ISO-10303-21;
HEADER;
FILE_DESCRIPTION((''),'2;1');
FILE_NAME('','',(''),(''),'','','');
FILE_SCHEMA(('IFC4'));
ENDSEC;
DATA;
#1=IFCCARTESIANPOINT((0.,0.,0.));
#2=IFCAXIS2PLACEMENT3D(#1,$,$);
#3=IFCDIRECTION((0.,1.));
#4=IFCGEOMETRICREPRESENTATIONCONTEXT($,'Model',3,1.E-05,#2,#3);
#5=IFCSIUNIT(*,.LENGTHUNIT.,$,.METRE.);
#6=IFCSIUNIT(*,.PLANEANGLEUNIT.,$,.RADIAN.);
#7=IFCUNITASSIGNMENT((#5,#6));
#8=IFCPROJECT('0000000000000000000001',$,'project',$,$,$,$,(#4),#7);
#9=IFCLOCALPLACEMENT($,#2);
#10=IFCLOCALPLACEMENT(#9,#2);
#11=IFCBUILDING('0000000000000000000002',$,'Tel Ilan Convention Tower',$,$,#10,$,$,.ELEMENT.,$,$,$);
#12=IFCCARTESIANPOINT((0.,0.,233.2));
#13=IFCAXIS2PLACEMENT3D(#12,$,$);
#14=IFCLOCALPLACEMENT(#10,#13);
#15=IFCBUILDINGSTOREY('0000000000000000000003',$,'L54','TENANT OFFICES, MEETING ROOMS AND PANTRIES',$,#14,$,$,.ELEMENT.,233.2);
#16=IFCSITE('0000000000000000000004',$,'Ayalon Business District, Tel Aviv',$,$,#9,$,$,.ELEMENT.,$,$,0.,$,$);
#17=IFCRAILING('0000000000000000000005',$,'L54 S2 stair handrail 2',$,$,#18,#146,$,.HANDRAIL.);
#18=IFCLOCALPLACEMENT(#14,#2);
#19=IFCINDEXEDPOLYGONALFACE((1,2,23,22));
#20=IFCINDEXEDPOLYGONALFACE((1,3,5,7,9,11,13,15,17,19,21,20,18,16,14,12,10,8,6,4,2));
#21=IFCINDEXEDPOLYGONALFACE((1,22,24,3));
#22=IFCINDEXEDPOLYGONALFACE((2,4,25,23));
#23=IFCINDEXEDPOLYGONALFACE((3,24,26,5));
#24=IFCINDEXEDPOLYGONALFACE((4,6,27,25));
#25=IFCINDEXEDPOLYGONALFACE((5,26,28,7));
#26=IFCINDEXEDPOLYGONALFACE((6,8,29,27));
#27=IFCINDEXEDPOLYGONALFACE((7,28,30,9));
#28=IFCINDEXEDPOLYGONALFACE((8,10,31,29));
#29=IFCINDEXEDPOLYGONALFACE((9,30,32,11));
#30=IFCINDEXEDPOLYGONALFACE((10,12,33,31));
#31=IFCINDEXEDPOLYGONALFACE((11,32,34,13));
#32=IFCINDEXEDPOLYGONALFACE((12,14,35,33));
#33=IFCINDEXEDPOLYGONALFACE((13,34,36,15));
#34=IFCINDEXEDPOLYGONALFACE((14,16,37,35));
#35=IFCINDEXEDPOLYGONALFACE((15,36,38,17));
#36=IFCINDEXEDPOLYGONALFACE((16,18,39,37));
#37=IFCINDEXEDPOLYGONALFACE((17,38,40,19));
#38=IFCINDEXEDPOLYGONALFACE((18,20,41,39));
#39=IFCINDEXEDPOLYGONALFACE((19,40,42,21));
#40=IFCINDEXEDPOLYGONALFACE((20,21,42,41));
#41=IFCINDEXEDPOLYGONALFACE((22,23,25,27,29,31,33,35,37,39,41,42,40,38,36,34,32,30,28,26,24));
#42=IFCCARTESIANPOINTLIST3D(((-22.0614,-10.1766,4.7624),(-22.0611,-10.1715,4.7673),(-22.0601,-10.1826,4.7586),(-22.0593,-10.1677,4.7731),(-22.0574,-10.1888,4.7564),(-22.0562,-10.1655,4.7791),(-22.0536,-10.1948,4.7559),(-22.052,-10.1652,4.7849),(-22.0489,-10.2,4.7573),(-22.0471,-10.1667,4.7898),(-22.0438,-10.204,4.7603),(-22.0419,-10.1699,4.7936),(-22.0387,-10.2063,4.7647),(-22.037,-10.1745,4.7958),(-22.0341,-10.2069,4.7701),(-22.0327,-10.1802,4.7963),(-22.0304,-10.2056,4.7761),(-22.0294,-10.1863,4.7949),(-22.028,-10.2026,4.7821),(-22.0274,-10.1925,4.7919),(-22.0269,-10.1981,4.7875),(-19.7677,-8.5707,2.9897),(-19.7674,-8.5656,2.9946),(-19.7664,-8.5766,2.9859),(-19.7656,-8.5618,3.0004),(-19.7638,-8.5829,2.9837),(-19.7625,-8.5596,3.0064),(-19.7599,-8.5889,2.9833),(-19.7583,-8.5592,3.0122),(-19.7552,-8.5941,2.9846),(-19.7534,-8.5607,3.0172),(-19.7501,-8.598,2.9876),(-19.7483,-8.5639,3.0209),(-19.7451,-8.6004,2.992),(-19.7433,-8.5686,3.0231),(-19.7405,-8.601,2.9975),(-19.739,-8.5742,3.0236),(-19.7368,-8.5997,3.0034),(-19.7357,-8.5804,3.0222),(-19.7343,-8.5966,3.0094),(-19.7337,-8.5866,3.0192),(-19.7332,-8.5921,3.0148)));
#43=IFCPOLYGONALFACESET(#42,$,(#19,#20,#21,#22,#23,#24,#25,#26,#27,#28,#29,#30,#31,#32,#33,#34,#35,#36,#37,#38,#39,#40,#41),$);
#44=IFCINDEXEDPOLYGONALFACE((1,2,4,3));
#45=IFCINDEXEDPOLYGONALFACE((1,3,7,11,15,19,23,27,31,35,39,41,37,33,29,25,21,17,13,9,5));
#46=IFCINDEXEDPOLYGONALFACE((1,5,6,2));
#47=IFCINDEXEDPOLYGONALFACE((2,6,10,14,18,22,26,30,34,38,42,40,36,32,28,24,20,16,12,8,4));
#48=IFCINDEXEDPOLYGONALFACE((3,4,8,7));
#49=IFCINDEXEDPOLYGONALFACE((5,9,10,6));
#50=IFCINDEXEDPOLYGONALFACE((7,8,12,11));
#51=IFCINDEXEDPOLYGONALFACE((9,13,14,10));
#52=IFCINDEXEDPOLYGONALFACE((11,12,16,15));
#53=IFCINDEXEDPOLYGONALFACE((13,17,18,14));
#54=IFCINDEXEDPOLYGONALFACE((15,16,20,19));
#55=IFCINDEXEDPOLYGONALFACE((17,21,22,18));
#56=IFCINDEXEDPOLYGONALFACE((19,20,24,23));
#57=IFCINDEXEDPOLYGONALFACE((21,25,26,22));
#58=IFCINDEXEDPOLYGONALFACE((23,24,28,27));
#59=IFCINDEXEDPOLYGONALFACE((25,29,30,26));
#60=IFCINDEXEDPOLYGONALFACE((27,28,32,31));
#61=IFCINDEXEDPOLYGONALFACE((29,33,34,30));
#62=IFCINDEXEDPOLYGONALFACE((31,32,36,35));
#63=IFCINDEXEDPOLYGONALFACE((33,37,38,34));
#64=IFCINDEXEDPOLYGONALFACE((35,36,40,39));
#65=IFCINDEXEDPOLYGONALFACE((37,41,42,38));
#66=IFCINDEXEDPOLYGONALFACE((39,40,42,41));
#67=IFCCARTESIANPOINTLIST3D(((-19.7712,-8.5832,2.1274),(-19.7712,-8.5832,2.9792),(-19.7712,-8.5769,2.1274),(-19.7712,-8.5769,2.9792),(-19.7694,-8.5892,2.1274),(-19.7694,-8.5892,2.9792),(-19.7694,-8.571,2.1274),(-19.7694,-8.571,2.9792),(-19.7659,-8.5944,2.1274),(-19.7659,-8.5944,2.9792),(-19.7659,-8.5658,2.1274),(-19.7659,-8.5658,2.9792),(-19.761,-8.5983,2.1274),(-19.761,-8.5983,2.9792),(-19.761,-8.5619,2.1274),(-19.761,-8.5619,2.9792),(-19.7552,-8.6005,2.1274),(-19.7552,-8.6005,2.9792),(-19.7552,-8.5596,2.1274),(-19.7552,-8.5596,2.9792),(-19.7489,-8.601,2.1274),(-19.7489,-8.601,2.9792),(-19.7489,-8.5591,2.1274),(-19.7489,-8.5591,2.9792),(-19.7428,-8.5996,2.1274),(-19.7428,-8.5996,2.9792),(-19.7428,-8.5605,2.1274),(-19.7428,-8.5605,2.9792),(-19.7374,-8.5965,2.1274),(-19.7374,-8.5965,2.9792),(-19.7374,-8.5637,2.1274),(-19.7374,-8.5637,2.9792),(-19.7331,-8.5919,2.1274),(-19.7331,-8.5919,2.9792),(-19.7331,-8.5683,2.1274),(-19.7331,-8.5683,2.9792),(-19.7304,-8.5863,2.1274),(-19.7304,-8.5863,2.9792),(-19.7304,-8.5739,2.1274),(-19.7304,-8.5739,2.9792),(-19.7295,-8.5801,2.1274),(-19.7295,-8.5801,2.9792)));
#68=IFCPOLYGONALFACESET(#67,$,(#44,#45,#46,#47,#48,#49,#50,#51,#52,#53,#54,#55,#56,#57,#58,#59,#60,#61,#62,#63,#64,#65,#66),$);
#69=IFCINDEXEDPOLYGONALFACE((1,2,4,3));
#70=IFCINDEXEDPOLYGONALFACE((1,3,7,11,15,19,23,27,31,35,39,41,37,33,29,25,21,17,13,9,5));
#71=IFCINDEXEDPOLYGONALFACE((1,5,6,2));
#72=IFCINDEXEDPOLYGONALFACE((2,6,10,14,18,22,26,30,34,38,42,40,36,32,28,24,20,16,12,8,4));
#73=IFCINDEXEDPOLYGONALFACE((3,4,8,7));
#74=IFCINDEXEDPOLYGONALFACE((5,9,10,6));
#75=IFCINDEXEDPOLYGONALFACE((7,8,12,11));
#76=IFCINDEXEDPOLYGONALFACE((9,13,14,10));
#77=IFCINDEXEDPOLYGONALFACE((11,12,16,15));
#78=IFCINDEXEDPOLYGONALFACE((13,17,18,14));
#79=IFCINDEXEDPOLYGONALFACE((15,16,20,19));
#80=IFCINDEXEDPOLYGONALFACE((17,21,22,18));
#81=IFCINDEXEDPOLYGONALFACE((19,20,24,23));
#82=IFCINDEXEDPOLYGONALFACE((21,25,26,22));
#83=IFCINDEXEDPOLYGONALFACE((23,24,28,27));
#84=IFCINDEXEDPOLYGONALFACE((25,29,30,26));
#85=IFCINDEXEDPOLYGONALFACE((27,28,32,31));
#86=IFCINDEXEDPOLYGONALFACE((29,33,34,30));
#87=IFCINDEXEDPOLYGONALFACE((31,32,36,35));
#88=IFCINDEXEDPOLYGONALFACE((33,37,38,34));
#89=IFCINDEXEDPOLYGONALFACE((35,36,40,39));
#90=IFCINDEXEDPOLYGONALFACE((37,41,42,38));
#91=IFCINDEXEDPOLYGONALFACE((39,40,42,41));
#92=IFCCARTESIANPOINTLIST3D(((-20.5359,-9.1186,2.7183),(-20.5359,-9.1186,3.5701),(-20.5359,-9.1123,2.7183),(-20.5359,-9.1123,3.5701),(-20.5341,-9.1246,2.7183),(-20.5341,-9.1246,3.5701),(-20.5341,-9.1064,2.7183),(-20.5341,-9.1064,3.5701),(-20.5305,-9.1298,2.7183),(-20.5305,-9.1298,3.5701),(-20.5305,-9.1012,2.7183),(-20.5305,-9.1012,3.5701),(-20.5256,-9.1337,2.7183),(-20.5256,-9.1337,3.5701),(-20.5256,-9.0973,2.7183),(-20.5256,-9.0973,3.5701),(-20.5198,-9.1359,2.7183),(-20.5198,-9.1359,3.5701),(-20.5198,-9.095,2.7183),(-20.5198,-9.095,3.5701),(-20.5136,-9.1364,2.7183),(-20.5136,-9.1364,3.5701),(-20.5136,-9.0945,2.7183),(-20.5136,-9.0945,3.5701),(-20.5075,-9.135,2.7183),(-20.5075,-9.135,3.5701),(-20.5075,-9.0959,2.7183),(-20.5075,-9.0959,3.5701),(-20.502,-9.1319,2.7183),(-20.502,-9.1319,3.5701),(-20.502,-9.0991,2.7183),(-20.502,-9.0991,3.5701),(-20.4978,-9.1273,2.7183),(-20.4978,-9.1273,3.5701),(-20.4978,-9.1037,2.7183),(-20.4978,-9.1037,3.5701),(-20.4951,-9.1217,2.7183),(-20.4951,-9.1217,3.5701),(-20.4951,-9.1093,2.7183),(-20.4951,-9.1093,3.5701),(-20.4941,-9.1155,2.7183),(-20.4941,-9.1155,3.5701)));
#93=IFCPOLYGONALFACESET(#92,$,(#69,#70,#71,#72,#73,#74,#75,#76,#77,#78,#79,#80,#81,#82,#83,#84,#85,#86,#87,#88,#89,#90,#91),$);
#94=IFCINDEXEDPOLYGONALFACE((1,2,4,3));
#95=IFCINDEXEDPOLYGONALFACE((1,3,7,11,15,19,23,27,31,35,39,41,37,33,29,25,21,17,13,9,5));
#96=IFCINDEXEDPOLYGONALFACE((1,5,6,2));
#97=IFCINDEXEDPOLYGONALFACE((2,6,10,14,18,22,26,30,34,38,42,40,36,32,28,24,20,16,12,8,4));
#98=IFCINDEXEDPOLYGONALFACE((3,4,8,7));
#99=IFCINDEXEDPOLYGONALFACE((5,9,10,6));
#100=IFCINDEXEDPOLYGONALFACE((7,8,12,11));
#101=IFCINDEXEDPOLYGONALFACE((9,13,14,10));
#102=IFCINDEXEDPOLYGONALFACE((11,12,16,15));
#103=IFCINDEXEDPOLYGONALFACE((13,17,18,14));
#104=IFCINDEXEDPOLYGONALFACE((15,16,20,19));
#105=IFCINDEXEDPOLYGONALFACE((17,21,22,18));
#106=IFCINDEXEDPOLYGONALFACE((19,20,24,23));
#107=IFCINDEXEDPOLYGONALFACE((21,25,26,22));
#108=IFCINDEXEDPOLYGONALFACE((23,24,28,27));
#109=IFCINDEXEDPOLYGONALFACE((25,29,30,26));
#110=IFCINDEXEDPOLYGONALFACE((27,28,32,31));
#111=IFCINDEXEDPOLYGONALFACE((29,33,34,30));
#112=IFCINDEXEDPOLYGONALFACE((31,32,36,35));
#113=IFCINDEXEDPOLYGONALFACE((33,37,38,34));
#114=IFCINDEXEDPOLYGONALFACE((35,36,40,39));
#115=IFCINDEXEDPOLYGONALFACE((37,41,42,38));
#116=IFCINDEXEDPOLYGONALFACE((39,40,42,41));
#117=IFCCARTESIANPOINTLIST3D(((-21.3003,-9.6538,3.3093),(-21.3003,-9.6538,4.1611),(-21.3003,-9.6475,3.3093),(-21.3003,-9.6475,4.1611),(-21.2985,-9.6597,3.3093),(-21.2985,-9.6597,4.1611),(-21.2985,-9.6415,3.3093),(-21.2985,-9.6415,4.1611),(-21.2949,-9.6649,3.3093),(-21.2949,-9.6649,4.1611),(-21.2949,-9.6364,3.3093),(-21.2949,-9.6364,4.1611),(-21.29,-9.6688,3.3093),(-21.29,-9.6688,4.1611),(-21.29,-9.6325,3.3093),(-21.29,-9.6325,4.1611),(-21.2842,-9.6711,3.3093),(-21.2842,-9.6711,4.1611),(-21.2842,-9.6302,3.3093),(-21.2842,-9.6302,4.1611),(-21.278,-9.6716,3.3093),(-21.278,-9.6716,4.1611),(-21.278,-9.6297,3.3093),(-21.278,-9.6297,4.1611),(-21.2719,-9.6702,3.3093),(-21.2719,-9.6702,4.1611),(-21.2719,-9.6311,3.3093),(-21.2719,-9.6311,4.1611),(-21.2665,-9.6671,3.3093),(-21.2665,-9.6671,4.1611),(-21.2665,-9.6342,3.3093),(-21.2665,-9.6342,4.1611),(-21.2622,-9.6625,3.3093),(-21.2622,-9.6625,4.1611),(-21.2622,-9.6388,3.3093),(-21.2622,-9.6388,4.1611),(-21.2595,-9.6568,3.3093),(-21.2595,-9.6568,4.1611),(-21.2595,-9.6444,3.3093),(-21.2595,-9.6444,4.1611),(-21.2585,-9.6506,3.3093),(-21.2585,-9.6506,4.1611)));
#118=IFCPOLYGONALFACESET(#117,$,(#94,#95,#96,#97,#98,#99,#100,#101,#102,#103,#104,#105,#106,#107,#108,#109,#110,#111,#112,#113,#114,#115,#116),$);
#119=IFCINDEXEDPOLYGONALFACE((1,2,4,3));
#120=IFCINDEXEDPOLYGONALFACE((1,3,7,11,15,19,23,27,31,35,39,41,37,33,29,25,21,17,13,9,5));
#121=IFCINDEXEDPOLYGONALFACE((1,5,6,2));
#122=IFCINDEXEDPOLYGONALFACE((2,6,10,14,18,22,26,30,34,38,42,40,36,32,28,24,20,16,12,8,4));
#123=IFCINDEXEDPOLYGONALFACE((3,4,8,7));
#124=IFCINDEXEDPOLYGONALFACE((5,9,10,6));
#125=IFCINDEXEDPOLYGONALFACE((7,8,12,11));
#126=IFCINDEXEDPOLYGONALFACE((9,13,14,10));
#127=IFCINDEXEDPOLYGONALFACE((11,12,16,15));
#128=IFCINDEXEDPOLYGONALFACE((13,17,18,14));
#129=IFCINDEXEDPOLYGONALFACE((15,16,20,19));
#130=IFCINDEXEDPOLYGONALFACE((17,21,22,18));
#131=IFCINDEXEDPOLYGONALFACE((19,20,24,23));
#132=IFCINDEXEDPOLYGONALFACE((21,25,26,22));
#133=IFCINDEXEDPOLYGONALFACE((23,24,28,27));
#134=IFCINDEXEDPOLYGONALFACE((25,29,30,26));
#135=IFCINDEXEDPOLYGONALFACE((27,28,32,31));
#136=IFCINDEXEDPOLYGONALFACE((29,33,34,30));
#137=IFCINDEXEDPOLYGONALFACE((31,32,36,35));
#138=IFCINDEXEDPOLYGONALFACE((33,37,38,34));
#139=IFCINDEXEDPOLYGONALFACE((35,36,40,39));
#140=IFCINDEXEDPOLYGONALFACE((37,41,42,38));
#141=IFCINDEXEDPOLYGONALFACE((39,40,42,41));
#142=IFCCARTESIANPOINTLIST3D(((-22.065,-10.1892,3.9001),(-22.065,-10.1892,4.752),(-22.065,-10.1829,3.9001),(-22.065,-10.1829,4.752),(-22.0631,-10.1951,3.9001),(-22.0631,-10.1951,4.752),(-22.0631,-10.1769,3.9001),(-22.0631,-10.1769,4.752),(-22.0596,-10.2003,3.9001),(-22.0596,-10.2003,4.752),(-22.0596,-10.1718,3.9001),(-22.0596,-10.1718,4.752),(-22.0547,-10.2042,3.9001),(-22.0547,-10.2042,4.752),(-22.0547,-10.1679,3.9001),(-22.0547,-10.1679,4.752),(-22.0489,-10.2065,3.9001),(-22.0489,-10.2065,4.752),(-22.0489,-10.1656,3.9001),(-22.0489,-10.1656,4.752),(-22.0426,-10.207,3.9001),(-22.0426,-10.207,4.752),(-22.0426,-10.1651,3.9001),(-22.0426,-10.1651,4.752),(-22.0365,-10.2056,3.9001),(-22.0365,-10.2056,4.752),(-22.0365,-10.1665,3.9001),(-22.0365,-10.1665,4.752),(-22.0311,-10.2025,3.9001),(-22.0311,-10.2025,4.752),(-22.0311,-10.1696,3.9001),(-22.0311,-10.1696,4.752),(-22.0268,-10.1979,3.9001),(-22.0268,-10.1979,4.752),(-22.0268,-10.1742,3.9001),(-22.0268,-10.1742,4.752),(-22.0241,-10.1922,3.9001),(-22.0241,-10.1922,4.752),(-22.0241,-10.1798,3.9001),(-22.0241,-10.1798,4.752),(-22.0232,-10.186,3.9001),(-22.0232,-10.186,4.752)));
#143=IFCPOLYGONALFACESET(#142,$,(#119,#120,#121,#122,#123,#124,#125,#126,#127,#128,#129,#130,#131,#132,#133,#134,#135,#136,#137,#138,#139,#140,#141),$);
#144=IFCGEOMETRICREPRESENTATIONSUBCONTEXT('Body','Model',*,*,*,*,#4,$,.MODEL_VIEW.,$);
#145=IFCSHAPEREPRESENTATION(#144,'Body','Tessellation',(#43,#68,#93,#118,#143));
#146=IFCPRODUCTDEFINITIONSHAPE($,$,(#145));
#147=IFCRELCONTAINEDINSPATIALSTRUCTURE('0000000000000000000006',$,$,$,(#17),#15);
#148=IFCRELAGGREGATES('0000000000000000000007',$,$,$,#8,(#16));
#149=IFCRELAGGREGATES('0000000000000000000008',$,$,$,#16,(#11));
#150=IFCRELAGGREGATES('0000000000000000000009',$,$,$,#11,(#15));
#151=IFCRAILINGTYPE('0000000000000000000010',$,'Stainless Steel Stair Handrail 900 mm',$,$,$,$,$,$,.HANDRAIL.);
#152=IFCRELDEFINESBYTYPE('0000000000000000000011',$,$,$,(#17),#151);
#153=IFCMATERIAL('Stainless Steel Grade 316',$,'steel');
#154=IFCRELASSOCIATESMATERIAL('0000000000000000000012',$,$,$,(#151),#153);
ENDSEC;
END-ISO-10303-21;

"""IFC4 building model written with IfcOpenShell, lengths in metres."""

from ifc_helpers import new_model, si_unit, direction, frame, origin, origin_2d, place, context, subcontext, project, spatial, circle, extrude, material, type_object, element, save


model = new_model("IFC4")

# Units and contexts
model_context = context("Model", 3, precision=1e-05, world=origin(), true_north=direction((0.0, 1.0)))
body_context = subcontext(model_context, "Body", "Model", "MODEL_VIEW")
ifc_project = project(units=[si_unit("LENGTHUNIT", "METRE"), si_unit("PLANEANGLEUNIT", "RADIAN")], contexts=[model_context])

# Site, building, storey
site_placement = place(None, origin())
site = spatial("IfcSite", under=ifc_project, at=site_placement, Name="Ayalon Business District, Tel Aviv", CompositionType="ELEMENT", RefElevation=0.0)
building_placement = place(site_placement, origin())
building = spatial("IfcBuilding", under=site, at=building_placement, Name="Tel Ilan Convention Tower", CompositionType="ELEMENT")
storey_placement = place(building_placement, frame((0.0, 0.0, 233.2)))
storey = spatial("IfcBuildingStorey", under=building, at=storey_placement, Name="L54", Description="TENANT OFFICES, MEETING ROOMS AND PANTRIES", CompositionType="ELEMENT", Elevation=233.2)

# Railing
ifc_material_1 = material(Name="Stainless Steel Grade 316", Category="steel")
railing_type_1 = type_object("IfcRailingType", Name="Stainless Steel Stair Handrail 900 mm", PredefinedType="HANDRAIL", material=ifc_material_1)
for number, where, name in (
    (1, (-19.7505, -8.5801, 2.1274), "L54 S2 stair handrail 2"),
):
    element("IfcRailing", number, at=place(storey_placement, frame(where)), inside=storey, type_object=railing_type_1, Name=name, PredefinedType="HANDRAIL", context=body_context, shape_type="SweptSolid", body=[
        extrude(circle(Radius=0.0239, at=origin_2d()), frame((0.0, 0.0, 0.876), z_axis=(-0.692123, -0.484597, 0.534913), x_axis=(0.57355, -0.81917, 0.0)), (0.0, 0.0, 1.0), 3.314),
        extrude(circle(Radius=0.021, at=origin_2d()), origin(), (0.0, 0.0, 1.0), 0.8518),
        extrude(circle(Radius=0.021, at=origin_2d()), frame((-0.7646, -0.5354, 0.5908)), (0.0, 0.0, 1.0), 0.8518),
        extrude(circle(Radius=0.021, at=origin_2d()), frame((-1.5291, -1.0706, 1.1819)), (0.0, 0.0, 1.0), 0.8518),
        extrude(circle(Radius=0.021, at=origin_2d()), frame((-2.2937, -1.606, 1.7727)), (0.0, 0.0, 1.0), 0.8518),
    ])

save(model, "model.ifc")
